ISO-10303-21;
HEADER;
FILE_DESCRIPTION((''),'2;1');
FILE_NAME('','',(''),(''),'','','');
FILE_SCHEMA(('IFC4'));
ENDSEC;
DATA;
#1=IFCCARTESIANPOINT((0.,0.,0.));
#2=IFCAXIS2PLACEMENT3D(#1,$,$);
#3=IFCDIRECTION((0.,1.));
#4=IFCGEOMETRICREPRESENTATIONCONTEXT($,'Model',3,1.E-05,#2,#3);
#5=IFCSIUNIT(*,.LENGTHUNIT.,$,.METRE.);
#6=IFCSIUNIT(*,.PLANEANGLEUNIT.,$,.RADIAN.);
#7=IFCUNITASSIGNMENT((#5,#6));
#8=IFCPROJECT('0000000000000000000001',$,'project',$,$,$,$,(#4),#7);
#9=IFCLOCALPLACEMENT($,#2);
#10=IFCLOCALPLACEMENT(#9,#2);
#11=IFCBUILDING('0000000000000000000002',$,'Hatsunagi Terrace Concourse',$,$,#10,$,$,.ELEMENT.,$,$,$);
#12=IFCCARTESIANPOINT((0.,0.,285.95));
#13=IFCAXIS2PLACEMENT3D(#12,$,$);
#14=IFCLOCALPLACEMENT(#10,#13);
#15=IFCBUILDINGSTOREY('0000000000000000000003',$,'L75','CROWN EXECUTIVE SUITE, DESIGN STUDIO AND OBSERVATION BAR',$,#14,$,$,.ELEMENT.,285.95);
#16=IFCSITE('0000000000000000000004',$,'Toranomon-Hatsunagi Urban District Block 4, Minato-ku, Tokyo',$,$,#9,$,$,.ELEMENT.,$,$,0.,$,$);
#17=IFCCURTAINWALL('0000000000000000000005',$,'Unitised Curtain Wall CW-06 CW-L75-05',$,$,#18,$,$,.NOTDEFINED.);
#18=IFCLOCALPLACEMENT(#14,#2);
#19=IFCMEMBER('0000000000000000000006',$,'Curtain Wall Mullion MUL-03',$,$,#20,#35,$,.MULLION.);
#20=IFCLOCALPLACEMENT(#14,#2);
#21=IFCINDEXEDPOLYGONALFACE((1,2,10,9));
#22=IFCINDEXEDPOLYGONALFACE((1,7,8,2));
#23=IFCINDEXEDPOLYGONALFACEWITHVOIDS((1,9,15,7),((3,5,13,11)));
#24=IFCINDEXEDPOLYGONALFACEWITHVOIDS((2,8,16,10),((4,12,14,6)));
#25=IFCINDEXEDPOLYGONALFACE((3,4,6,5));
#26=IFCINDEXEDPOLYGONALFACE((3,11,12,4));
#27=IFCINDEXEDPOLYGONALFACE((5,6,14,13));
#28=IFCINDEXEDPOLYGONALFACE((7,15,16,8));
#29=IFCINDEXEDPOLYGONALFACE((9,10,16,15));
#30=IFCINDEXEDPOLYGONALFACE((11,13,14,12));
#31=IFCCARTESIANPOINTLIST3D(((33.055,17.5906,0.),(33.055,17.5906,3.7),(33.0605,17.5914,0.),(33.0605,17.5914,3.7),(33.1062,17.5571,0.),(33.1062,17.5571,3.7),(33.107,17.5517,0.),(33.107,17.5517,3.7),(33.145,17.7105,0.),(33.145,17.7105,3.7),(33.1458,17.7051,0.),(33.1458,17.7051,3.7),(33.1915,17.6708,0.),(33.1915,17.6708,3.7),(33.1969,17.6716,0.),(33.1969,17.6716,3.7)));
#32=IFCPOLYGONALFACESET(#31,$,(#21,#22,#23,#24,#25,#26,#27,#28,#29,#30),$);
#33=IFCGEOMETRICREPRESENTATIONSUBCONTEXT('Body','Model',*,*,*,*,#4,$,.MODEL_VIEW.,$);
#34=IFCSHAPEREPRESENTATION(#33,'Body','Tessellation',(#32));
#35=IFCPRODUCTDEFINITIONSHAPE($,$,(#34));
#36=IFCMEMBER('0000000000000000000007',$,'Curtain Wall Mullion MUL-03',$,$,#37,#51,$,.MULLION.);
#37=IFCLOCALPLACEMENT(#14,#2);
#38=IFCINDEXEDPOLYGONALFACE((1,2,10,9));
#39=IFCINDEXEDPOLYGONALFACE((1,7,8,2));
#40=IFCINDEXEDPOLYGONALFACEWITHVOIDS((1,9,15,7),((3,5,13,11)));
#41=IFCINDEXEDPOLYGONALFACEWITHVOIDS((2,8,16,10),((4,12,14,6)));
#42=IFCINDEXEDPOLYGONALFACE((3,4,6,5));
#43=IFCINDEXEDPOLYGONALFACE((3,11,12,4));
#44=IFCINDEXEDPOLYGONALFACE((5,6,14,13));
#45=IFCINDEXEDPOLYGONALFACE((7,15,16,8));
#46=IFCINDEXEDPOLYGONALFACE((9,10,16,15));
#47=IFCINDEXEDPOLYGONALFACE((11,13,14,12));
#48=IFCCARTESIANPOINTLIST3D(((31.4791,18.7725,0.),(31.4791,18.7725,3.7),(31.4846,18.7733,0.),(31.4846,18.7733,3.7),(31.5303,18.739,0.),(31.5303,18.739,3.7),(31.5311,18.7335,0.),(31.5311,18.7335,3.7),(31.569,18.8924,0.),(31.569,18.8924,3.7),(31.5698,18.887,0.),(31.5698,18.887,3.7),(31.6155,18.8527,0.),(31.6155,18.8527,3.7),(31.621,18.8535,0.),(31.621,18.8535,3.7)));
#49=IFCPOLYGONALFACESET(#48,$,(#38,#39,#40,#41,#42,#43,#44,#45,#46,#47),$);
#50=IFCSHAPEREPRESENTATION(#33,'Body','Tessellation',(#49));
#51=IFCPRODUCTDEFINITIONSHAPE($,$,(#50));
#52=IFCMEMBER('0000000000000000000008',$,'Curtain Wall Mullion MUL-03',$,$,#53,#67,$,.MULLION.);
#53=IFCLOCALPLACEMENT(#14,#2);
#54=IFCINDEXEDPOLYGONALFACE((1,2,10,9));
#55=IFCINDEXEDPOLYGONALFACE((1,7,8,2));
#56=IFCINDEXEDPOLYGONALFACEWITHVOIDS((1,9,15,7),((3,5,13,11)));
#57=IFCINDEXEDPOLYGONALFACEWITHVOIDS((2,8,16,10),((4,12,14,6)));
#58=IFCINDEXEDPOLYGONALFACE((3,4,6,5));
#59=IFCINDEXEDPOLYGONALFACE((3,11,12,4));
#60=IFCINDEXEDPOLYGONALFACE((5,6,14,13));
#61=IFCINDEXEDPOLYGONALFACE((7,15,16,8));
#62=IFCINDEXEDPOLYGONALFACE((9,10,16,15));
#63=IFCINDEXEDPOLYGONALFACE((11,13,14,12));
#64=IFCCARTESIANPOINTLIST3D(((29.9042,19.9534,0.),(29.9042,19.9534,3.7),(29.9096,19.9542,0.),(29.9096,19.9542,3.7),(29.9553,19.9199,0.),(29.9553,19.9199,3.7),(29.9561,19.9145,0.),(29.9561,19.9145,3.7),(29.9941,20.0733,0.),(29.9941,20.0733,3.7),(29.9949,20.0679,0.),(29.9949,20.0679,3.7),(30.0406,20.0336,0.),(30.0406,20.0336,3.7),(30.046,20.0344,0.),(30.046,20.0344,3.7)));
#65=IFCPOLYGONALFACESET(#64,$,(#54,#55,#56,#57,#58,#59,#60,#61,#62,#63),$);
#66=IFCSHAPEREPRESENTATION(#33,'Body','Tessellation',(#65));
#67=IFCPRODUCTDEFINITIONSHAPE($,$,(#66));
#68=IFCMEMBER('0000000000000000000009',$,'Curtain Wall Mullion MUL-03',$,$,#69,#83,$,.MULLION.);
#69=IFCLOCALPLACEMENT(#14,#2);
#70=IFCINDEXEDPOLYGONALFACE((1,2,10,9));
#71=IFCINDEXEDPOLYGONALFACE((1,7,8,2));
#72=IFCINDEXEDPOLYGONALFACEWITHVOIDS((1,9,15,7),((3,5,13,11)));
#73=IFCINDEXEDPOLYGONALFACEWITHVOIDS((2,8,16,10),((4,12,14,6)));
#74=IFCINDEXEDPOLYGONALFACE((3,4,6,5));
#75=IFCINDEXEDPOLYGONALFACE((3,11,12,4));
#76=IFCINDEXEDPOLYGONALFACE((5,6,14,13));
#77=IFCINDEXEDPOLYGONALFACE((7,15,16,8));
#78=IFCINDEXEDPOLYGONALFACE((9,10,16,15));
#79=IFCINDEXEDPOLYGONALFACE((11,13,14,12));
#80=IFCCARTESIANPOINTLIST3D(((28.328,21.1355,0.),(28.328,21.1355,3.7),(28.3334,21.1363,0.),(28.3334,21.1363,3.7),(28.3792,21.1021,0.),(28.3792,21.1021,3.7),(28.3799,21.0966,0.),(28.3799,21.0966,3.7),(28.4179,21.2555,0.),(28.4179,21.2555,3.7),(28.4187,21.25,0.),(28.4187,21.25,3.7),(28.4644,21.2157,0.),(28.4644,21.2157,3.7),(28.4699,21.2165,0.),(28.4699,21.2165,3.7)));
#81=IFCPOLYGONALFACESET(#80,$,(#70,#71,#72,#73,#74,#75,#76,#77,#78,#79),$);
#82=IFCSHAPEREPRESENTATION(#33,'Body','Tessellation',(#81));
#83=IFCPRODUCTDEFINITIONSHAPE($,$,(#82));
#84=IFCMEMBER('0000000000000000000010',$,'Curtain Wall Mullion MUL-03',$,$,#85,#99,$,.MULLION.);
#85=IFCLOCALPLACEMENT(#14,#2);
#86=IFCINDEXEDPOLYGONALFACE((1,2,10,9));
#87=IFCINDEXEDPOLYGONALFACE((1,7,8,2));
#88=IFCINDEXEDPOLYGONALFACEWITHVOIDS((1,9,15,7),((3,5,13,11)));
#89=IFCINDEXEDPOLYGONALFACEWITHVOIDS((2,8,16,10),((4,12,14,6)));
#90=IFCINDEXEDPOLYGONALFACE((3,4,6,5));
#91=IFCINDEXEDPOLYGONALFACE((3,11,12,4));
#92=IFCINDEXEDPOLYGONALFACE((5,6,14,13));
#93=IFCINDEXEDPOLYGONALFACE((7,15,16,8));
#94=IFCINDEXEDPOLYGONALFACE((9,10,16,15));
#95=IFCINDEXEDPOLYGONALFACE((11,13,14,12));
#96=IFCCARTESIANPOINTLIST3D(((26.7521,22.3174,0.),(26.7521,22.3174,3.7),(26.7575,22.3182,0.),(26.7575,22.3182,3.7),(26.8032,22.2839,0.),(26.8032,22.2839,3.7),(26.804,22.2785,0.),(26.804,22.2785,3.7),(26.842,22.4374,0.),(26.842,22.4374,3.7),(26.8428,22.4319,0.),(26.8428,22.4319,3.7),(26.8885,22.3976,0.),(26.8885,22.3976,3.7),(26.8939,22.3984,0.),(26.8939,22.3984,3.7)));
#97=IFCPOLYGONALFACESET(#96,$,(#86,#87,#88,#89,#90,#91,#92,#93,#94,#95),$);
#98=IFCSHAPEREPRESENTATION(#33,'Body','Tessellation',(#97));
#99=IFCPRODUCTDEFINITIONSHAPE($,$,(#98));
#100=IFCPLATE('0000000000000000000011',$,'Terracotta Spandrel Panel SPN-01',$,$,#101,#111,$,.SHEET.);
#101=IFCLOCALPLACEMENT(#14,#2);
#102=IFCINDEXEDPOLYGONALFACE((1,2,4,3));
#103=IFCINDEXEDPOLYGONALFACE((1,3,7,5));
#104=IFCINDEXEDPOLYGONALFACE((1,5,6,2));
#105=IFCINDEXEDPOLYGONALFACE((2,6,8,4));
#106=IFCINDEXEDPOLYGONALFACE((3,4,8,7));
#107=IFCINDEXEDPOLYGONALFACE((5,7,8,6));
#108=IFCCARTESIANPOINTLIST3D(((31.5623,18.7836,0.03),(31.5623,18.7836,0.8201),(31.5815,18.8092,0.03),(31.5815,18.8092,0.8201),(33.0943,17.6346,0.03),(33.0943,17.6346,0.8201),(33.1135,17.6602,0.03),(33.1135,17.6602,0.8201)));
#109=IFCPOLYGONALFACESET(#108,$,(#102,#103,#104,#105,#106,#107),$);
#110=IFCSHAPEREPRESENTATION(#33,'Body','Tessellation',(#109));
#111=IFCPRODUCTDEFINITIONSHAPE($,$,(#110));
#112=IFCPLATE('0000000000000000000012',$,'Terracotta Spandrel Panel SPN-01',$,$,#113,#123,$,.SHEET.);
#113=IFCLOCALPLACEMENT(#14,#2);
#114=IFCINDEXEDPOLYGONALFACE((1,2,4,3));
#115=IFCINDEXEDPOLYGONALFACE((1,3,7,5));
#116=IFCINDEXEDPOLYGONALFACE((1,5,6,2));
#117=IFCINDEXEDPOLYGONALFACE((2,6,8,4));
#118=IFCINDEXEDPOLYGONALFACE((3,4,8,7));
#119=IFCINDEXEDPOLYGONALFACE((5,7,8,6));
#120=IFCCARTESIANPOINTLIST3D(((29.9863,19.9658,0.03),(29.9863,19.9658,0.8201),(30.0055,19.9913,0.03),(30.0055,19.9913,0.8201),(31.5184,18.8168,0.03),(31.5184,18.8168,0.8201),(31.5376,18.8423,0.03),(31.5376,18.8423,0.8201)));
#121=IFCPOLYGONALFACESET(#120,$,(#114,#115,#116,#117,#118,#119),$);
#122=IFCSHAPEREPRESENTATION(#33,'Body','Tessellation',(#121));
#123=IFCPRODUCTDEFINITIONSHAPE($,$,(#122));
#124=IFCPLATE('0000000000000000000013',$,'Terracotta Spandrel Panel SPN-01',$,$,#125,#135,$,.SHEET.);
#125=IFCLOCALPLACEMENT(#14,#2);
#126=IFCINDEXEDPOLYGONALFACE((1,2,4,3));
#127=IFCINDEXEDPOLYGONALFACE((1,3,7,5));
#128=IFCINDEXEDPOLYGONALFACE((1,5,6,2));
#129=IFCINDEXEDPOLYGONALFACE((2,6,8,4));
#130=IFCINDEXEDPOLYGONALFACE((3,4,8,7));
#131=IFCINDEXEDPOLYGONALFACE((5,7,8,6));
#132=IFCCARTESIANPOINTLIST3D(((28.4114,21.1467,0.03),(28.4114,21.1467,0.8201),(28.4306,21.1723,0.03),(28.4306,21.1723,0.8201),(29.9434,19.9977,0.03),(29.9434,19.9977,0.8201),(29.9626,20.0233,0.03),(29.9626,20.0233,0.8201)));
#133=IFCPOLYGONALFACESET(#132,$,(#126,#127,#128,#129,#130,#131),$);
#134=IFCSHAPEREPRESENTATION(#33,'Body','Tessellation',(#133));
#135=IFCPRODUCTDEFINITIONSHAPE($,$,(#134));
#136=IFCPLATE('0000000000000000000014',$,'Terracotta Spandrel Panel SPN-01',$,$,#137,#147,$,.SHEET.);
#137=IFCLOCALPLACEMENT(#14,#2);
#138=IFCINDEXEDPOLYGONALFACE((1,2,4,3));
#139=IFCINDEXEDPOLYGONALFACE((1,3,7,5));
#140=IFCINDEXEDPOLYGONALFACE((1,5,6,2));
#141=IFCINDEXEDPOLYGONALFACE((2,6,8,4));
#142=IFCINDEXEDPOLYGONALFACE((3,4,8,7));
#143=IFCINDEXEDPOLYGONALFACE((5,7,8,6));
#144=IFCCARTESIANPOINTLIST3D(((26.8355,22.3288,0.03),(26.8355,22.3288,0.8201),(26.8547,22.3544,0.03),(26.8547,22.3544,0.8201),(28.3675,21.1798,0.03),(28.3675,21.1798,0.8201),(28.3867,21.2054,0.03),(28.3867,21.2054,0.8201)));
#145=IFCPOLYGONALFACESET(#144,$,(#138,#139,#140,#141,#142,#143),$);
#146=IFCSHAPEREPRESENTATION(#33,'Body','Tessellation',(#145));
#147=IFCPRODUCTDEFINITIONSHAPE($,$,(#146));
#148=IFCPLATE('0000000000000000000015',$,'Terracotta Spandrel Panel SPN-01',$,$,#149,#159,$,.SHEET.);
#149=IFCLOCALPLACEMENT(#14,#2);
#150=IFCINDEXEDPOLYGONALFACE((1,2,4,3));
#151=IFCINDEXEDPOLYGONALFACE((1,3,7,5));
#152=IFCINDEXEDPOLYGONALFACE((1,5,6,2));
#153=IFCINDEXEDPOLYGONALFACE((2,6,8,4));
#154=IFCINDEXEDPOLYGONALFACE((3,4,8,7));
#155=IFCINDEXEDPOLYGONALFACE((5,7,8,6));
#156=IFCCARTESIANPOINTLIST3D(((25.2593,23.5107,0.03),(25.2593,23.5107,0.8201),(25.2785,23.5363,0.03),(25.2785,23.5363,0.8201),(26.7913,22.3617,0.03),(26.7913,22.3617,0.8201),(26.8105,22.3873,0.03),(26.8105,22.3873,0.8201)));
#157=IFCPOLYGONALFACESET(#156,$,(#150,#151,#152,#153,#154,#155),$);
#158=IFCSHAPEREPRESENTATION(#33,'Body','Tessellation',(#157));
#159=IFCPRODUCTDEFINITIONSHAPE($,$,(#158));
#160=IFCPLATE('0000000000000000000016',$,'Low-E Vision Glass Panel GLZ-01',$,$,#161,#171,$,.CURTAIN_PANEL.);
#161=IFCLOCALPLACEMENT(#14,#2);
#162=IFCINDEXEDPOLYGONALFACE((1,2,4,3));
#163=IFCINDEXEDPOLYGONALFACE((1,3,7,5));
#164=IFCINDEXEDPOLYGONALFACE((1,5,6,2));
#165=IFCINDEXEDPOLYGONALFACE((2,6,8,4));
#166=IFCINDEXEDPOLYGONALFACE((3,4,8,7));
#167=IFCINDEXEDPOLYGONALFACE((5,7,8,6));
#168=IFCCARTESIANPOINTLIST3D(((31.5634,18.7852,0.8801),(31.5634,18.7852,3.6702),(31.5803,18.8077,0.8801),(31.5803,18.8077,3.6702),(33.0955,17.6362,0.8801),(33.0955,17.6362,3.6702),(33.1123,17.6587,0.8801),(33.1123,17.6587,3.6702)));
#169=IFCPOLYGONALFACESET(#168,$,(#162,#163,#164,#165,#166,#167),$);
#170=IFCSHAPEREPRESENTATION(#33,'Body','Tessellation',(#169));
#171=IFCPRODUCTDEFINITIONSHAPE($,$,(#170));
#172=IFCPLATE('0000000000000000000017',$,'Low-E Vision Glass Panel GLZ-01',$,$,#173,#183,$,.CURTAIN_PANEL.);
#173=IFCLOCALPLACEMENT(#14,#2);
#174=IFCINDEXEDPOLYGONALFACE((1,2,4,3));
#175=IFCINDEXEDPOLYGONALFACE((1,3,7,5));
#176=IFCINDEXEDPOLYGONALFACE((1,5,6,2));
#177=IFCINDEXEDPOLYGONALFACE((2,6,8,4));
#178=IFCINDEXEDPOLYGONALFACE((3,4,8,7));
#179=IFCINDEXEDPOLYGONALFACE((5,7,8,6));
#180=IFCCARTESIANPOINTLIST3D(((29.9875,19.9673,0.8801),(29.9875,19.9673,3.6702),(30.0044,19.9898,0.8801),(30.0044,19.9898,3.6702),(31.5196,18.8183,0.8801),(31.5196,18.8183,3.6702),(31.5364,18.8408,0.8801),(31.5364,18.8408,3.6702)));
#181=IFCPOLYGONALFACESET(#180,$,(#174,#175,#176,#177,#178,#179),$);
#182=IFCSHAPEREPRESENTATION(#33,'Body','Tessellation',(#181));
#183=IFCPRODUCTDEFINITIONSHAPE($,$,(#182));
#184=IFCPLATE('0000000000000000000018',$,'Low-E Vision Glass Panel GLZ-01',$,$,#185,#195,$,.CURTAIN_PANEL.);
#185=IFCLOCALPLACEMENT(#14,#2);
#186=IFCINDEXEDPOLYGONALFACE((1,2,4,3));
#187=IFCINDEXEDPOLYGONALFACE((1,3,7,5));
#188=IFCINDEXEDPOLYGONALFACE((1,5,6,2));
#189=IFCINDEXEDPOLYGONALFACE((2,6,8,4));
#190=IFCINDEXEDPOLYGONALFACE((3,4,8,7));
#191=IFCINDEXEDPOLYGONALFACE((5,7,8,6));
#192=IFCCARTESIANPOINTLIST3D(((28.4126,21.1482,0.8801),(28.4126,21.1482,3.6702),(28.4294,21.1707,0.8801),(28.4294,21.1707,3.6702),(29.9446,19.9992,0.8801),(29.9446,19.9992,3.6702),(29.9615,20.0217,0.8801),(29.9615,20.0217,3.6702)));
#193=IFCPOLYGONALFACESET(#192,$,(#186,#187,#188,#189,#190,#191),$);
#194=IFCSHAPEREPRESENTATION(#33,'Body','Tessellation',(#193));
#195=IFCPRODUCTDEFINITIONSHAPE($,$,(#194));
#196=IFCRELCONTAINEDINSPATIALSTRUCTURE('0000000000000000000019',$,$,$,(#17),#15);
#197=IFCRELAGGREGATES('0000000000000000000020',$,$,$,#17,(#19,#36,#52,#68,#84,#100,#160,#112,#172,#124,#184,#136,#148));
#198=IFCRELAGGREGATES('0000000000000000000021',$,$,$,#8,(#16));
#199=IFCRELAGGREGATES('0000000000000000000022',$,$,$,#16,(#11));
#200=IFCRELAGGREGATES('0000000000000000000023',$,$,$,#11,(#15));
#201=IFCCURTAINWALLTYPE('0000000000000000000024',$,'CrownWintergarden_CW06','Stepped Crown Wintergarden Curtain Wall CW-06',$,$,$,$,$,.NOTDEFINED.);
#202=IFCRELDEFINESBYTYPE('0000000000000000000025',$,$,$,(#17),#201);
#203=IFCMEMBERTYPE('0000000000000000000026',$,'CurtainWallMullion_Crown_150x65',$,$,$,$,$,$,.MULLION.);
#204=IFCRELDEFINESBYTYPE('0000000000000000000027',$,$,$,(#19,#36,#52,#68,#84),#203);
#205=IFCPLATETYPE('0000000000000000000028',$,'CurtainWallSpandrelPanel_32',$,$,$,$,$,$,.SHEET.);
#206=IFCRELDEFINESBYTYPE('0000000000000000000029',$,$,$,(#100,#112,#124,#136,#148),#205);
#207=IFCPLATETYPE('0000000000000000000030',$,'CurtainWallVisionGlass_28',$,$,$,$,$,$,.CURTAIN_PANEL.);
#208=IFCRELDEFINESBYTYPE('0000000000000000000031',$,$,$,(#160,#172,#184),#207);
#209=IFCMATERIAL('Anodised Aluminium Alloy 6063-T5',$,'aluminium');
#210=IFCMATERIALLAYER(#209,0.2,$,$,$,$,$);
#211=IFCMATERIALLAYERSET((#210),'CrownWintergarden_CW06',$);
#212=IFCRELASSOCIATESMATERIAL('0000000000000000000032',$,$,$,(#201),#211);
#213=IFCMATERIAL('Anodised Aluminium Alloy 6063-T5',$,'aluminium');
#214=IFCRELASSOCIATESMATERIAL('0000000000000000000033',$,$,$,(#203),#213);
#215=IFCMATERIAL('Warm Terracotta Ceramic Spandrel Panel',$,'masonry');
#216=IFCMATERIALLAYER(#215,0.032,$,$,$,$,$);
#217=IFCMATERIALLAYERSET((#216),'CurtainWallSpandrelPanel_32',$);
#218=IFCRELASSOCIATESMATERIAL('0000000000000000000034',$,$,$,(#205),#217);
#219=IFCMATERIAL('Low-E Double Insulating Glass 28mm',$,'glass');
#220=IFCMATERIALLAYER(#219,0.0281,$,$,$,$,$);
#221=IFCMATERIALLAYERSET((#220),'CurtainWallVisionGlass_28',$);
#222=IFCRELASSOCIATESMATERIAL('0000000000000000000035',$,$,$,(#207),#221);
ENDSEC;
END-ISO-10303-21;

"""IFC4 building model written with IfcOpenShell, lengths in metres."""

from ifc_helpers import new_model, si_unit, direction, frame, origin, origin_2d, place, context, subcontext, project, spatial, rectangle, hollow_rectangle, extrude, material, layer, layer_set, material_profile, profile_set, type_object, element, aggregate, save


model = new_model("IFC4")

# Units and contexts
model_context = context("Model", 3, precision=1e-05, world=origin(), true_north=direction((0.0, 1.0)))
body_context = subcontext(model_context, "Body", "Model", "MODEL_VIEW")
ifc_project = project(units=[si_unit("LENGTHUNIT", "METRE"), si_unit("PLANEANGLEUNIT", "RADIAN")], contexts=[model_context])

# Site, building, storey
site_placement = place(None, origin())
site = spatial("IfcSite", under=ifc_project, at=site_placement, Name="Toranomon-Hatsunagi Urban District Block 4, Minato-ku, Tokyo", CompositionType="ELEMENT", RefElevation=0.0)
building_placement = place(site_placement, origin())
building = spatial("IfcBuilding", under=site, at=building_placement, Name="Hatsunagi Terrace Concourse", CompositionType="ELEMENT")
storey_placement = place(building_placement, frame((0.0, 0.0, 285.95)))
storey = spatial("IfcBuildingStorey", under=building, at=storey_placement, Name="L75", Description="CROWN EXECUTIVE SUITE, DESIGN STUDIO AND OBSERVATION BAR", CompositionType="ELEMENT", Elevation=285.95)

# Curtain wall, members, plates
ifc_material_1 = material(Name="Anodised Aluminium Alloy 6063-T5", Category="aluminium")
ifc_layer_1 = layer(ifc_material_1, 0.2)
ifc_layer_set_1 = layer_set([ifc_layer_1], Name="CrownWintergarden_CW06")
curtain_wall_type = type_object("IfcCurtainWallType", Name="CrownWintergarden_CW06", Description="Stepped Crown Wintergarden Curtain Wall CW-06", PredefinedType="NOTDEFINED", material=ifc_layer_set_1)
curtain_wall_placement = place(storey_placement, origin())
curtain_wall = element("IfcCurtainWall", 1, at=curtain_wall_placement, inside=storey, type_object=curtain_wall_type, Name="Unitised Curtain Wall CW-06 CW-L75-05", PredefinedType="NOTDEFINED")
ifc_material_2 = material(Name="Anodised Aluminium Alloy 6063-T5", Category="aluminium")
ifc_material_profile = material_profile(ifc_material_2, hollow_rectangle(XDim=0.0649, YDim=0.1499, WallThickness=0.0039, at=origin_2d()), Name="ALU-MUL-150x65x4")
ifc_profile_set = profile_set([ifc_material_profile], Name="Anodised Aluminium Alloy 6063-T5")
member_type = type_object("IfcMemberType", Name="CurtainWallMullion_Crown_150x65", PredefinedType="MULLION", material=ifc_profile_set)
member_1_placement = place(storey_placement, frame((33.126, 17.6311, 0.0), z_axis=(0.0, 0.0, 1.0), x_axis=(-0.800008, 0.599989, 0.0)))
member_1 = element("IfcMember", 2, at=member_1_placement, type_object=member_type, Name="Curtain Wall Mullion MUL-03", PredefinedType="MULLION", context=body_context, shape_type="SweptSolid", body=[
    extrude(hollow_rectangle(XDim=0.0649, YDim=0.1499, WallThickness=0.0039, at=origin_2d()), origin(), (0.0, 0.0, 1.0), 3.7),
])
member_2_placement = place(storey_placement, frame((31.55, 18.813, 0.0), z_axis=(0.0, 0.0, 1.0), x_axis=(-0.800008, 0.599989, 0.0)))
member_2 = element("IfcMember", 3, at=member_2_placement, type_object=member_type, Name="Curtain Wall Mullion MUL-03", PredefinedType="MULLION", context=body_context, shape_type="SweptSolid", body=[
    extrude(hollow_rectangle(XDim=0.0649, YDim=0.1499, WallThickness=0.0039, at=origin_2d()), origin(), (0.0, 0.0, 1.0), 3.7),
])
member_3_placement = place(storey_placement, frame((29.9751, 19.9939, 0.0), z_axis=(0.0, 0.0, 1.0), x_axis=(-0.800008, 0.599989, 0.0)))
member_3 = element("IfcMember", 4, at=member_3_placement, type_object=member_type, Name="Curtain Wall Mullion MUL-03", PredefinedType="MULLION", context=body_context, shape_type="SweptSolid", body=[
    extrude(hollow_rectangle(XDim=0.0649, YDim=0.1499, WallThickness=0.0039, at=origin_2d()), origin(), (0.0, 0.0, 1.0), 3.7),
])
member_4_placement = place(storey_placement, frame((28.3989, 21.176, 0.0), z_axis=(0.0, 0.0, 1.0), x_axis=(-0.800008, 0.599989, 0.0)))
member_4 = element("IfcMember", 5, at=member_4_placement, type_object=member_type, Name="Curtain Wall Mullion MUL-03", PredefinedType="MULLION", context=body_context, shape_type="SweptSolid", body=[
    extrude(hollow_rectangle(XDim=0.0649, YDim=0.1499, WallThickness=0.0039, at=origin_2d()), origin(), (0.0, 0.0, 1.0), 3.7),
])
member_5_placement = place(storey_placement, frame((26.823, 22.3579, 0.0), z_axis=(0.0, 0.0, 1.0), x_axis=(-0.800008, 0.599989, 0.0)))
member_5 = element("IfcMember", 6, at=member_5_placement, type_object=member_type, Name="Curtain Wall Mullion MUL-03", PredefinedType="MULLION", context=body_context, shape_type="SweptSolid", body=[
    extrude(hollow_rectangle(XDim=0.0649, YDim=0.1499, WallThickness=0.0039, at=origin_2d()), origin(), (0.0, 0.0, 1.0), 3.7),
])
ifc_material_3 = material(Name="Warm Terracotta Ceramic Spandrel Panel", Category="masonry")
ifc_layer_2 = layer(ifc_material_3, 0.032)
ifc_layer_set_2 = layer_set([ifc_layer_2], Name="CurtainWallSpandrelPanel_32")
plate_type_1 = type_object("IfcPlateType", Name="CurtainWallSpandrelPanel_32", PredefinedType="SHEET", material=ifc_layer_set_2)
plate_1_placement = place(storey_placement, frame((32.3379, 18.2219, 0.03), z_axis=(0.0, 0.0, 1.0), x_axis=(-0.800008, 0.599989, 0.0)))
plate_1 = element("IfcPlate", 7, at=plate_1_placement, type_object=plate_type_1, Name="Terracotta Spandrel Panel SPN-01", PredefinedType="SHEET", context=body_context, shape_type="SweptSolid", body=[
    extrude(rectangle(XDim=1.915, YDim=0.032, at=origin_2d()), origin(), (0.0, 0.0, 1.0), 0.79),
])
plate_2_placement = place(storey_placement, frame((30.762, 19.4041, 0.03), z_axis=(0.0, 0.0, 1.0), x_axis=(-0.800008, 0.599989, 0.0)))
plate_2 = element("IfcPlate", 8, at=plate_2_placement, type_object=plate_type_1, Name="Terracotta Spandrel Panel SPN-01", PredefinedType="SHEET", context=body_context, shape_type="SweptSolid", body=[
    extrude(rectangle(XDim=1.915, YDim=0.032, at=origin_2d()), origin(), (0.0, 0.0, 1.0), 0.79),
])
plate_3_placement = place(storey_placement, frame((29.187, 20.585, 0.03), z_axis=(0.0, 0.0, 1.0), x_axis=(-0.800008, 0.599989, 0.0)))
plate_3 = element("IfcPlate", 9, at=plate_3_placement, type_object=plate_type_1, Name="Terracotta Spandrel Panel SPN-01", PredefinedType="SHEET", context=body_context, shape_type="SweptSolid", body=[
    extrude(rectangle(XDim=1.915, YDim=0.032, at=origin_2d()), origin(), (0.0, 0.0, 1.0), 0.79),
])
plate_4_placement = place(storey_placement, frame((27.6111, 21.7671, 0.03), z_axis=(0.0, 0.0, 1.0), x_axis=(-0.800008, 0.599989, 0.0)))
plate_4 = element("IfcPlate", 10, at=plate_4_placement, type_object=plate_type_1, Name="Terracotta Spandrel Panel SPN-01", PredefinedType="SHEET", context=body_context, shape_type="SweptSolid", body=[
    extrude(rectangle(XDim=1.915, YDim=0.032, at=origin_2d()), origin(), (0.0, 0.0, 1.0), 0.79),
])
plate_5_placement = place(storey_placement, frame((26.0349, 22.949, 0.03), z_axis=(0.0, 0.0, 1.0), x_axis=(-0.800008, 0.599989, 0.0)))
plate_5 = element("IfcPlate", 11, at=plate_5_placement, type_object=plate_type_1, Name="Terracotta Spandrel Panel SPN-01", PredefinedType="SHEET", context=body_context, shape_type="SweptSolid", body=[
    extrude(rectangle(XDim=1.915, YDim=0.032, at=origin_2d()), origin(), (0.0, 0.0, 1.0), 0.79),
])
ifc_material_4 = material(Name="Low-E Double Insulating Glass 28mm", Category="glass")
ifc_layer_3 = layer(ifc_material_4, 0.0281)
ifc_layer_set_3 = layer_set([ifc_layer_3], Name="CurtainWallVisionGlass_28")
plate_type_2 = type_object("IfcPlateType", Name="CurtainWallVisionGlass_28", PredefinedType="CURTAIN_PANEL", material=ifc_layer_set_3)
plate_6_placement = place(storey_placement, frame((32.3379, 18.2219, 0.8801), z_axis=(0.0, 0.0, 1.0), x_axis=(-0.800008, 0.599989, 0.0)))
plate_6 = element("IfcPlate", 12, at=plate_6_placement, type_object=plate_type_2, Name="Low-E Vision Glass Panel GLZ-01", PredefinedType="CURTAIN_PANEL", context=body_context, shape_type="SweptSolid", body=[
    extrude(rectangle(XDim=1.915, YDim=0.0281, at=origin_2d()), origin(), (0.0, 0.0, 1.0), 2.79),
])
plate_7_placement = place(storey_placement, frame((30.762, 19.4041, 0.8801), z_axis=(0.0, 0.0, 1.0), x_axis=(-0.800008, 0.599989, 0.0)))
plate_7 = element("IfcPlate", 13, at=plate_7_placement, type_object=plate_type_2, Name="Low-E Vision Glass Panel GLZ-01", PredefinedType="CURTAIN_PANEL", context=body_context, shape_type="SweptSolid", body=[
    extrude(rectangle(XDim=1.915, YDim=0.0281, at=origin_2d()), origin(), (0.0, 0.0, 1.0), 2.79),
])
plate_8_placement = place(storey_placement, frame((29.187, 20.585, 0.8801), z_axis=(0.0, 0.0, 1.0), x_axis=(-0.800008, 0.599989, 0.0)))
plate_8 = element("IfcPlate", 14, at=plate_8_placement, type_object=plate_type_2, Name="Low-E Vision Glass Panel GLZ-01", PredefinedType="CURTAIN_PANEL", context=body_context, shape_type="SweptSolid", body=[
    extrude(rectangle(XDim=1.915, YDim=0.0281, at=origin_2d()), origin(), (0.0, 0.0, 1.0), 2.79),
])
aggregate(curtain_wall, [member_1, member_2, member_3, member_4, member_5, plate_1, plate_6, plate_2, plate_7, plate_3, plate_8, plate_4, plate_5])

save(model, "model.ifc")
